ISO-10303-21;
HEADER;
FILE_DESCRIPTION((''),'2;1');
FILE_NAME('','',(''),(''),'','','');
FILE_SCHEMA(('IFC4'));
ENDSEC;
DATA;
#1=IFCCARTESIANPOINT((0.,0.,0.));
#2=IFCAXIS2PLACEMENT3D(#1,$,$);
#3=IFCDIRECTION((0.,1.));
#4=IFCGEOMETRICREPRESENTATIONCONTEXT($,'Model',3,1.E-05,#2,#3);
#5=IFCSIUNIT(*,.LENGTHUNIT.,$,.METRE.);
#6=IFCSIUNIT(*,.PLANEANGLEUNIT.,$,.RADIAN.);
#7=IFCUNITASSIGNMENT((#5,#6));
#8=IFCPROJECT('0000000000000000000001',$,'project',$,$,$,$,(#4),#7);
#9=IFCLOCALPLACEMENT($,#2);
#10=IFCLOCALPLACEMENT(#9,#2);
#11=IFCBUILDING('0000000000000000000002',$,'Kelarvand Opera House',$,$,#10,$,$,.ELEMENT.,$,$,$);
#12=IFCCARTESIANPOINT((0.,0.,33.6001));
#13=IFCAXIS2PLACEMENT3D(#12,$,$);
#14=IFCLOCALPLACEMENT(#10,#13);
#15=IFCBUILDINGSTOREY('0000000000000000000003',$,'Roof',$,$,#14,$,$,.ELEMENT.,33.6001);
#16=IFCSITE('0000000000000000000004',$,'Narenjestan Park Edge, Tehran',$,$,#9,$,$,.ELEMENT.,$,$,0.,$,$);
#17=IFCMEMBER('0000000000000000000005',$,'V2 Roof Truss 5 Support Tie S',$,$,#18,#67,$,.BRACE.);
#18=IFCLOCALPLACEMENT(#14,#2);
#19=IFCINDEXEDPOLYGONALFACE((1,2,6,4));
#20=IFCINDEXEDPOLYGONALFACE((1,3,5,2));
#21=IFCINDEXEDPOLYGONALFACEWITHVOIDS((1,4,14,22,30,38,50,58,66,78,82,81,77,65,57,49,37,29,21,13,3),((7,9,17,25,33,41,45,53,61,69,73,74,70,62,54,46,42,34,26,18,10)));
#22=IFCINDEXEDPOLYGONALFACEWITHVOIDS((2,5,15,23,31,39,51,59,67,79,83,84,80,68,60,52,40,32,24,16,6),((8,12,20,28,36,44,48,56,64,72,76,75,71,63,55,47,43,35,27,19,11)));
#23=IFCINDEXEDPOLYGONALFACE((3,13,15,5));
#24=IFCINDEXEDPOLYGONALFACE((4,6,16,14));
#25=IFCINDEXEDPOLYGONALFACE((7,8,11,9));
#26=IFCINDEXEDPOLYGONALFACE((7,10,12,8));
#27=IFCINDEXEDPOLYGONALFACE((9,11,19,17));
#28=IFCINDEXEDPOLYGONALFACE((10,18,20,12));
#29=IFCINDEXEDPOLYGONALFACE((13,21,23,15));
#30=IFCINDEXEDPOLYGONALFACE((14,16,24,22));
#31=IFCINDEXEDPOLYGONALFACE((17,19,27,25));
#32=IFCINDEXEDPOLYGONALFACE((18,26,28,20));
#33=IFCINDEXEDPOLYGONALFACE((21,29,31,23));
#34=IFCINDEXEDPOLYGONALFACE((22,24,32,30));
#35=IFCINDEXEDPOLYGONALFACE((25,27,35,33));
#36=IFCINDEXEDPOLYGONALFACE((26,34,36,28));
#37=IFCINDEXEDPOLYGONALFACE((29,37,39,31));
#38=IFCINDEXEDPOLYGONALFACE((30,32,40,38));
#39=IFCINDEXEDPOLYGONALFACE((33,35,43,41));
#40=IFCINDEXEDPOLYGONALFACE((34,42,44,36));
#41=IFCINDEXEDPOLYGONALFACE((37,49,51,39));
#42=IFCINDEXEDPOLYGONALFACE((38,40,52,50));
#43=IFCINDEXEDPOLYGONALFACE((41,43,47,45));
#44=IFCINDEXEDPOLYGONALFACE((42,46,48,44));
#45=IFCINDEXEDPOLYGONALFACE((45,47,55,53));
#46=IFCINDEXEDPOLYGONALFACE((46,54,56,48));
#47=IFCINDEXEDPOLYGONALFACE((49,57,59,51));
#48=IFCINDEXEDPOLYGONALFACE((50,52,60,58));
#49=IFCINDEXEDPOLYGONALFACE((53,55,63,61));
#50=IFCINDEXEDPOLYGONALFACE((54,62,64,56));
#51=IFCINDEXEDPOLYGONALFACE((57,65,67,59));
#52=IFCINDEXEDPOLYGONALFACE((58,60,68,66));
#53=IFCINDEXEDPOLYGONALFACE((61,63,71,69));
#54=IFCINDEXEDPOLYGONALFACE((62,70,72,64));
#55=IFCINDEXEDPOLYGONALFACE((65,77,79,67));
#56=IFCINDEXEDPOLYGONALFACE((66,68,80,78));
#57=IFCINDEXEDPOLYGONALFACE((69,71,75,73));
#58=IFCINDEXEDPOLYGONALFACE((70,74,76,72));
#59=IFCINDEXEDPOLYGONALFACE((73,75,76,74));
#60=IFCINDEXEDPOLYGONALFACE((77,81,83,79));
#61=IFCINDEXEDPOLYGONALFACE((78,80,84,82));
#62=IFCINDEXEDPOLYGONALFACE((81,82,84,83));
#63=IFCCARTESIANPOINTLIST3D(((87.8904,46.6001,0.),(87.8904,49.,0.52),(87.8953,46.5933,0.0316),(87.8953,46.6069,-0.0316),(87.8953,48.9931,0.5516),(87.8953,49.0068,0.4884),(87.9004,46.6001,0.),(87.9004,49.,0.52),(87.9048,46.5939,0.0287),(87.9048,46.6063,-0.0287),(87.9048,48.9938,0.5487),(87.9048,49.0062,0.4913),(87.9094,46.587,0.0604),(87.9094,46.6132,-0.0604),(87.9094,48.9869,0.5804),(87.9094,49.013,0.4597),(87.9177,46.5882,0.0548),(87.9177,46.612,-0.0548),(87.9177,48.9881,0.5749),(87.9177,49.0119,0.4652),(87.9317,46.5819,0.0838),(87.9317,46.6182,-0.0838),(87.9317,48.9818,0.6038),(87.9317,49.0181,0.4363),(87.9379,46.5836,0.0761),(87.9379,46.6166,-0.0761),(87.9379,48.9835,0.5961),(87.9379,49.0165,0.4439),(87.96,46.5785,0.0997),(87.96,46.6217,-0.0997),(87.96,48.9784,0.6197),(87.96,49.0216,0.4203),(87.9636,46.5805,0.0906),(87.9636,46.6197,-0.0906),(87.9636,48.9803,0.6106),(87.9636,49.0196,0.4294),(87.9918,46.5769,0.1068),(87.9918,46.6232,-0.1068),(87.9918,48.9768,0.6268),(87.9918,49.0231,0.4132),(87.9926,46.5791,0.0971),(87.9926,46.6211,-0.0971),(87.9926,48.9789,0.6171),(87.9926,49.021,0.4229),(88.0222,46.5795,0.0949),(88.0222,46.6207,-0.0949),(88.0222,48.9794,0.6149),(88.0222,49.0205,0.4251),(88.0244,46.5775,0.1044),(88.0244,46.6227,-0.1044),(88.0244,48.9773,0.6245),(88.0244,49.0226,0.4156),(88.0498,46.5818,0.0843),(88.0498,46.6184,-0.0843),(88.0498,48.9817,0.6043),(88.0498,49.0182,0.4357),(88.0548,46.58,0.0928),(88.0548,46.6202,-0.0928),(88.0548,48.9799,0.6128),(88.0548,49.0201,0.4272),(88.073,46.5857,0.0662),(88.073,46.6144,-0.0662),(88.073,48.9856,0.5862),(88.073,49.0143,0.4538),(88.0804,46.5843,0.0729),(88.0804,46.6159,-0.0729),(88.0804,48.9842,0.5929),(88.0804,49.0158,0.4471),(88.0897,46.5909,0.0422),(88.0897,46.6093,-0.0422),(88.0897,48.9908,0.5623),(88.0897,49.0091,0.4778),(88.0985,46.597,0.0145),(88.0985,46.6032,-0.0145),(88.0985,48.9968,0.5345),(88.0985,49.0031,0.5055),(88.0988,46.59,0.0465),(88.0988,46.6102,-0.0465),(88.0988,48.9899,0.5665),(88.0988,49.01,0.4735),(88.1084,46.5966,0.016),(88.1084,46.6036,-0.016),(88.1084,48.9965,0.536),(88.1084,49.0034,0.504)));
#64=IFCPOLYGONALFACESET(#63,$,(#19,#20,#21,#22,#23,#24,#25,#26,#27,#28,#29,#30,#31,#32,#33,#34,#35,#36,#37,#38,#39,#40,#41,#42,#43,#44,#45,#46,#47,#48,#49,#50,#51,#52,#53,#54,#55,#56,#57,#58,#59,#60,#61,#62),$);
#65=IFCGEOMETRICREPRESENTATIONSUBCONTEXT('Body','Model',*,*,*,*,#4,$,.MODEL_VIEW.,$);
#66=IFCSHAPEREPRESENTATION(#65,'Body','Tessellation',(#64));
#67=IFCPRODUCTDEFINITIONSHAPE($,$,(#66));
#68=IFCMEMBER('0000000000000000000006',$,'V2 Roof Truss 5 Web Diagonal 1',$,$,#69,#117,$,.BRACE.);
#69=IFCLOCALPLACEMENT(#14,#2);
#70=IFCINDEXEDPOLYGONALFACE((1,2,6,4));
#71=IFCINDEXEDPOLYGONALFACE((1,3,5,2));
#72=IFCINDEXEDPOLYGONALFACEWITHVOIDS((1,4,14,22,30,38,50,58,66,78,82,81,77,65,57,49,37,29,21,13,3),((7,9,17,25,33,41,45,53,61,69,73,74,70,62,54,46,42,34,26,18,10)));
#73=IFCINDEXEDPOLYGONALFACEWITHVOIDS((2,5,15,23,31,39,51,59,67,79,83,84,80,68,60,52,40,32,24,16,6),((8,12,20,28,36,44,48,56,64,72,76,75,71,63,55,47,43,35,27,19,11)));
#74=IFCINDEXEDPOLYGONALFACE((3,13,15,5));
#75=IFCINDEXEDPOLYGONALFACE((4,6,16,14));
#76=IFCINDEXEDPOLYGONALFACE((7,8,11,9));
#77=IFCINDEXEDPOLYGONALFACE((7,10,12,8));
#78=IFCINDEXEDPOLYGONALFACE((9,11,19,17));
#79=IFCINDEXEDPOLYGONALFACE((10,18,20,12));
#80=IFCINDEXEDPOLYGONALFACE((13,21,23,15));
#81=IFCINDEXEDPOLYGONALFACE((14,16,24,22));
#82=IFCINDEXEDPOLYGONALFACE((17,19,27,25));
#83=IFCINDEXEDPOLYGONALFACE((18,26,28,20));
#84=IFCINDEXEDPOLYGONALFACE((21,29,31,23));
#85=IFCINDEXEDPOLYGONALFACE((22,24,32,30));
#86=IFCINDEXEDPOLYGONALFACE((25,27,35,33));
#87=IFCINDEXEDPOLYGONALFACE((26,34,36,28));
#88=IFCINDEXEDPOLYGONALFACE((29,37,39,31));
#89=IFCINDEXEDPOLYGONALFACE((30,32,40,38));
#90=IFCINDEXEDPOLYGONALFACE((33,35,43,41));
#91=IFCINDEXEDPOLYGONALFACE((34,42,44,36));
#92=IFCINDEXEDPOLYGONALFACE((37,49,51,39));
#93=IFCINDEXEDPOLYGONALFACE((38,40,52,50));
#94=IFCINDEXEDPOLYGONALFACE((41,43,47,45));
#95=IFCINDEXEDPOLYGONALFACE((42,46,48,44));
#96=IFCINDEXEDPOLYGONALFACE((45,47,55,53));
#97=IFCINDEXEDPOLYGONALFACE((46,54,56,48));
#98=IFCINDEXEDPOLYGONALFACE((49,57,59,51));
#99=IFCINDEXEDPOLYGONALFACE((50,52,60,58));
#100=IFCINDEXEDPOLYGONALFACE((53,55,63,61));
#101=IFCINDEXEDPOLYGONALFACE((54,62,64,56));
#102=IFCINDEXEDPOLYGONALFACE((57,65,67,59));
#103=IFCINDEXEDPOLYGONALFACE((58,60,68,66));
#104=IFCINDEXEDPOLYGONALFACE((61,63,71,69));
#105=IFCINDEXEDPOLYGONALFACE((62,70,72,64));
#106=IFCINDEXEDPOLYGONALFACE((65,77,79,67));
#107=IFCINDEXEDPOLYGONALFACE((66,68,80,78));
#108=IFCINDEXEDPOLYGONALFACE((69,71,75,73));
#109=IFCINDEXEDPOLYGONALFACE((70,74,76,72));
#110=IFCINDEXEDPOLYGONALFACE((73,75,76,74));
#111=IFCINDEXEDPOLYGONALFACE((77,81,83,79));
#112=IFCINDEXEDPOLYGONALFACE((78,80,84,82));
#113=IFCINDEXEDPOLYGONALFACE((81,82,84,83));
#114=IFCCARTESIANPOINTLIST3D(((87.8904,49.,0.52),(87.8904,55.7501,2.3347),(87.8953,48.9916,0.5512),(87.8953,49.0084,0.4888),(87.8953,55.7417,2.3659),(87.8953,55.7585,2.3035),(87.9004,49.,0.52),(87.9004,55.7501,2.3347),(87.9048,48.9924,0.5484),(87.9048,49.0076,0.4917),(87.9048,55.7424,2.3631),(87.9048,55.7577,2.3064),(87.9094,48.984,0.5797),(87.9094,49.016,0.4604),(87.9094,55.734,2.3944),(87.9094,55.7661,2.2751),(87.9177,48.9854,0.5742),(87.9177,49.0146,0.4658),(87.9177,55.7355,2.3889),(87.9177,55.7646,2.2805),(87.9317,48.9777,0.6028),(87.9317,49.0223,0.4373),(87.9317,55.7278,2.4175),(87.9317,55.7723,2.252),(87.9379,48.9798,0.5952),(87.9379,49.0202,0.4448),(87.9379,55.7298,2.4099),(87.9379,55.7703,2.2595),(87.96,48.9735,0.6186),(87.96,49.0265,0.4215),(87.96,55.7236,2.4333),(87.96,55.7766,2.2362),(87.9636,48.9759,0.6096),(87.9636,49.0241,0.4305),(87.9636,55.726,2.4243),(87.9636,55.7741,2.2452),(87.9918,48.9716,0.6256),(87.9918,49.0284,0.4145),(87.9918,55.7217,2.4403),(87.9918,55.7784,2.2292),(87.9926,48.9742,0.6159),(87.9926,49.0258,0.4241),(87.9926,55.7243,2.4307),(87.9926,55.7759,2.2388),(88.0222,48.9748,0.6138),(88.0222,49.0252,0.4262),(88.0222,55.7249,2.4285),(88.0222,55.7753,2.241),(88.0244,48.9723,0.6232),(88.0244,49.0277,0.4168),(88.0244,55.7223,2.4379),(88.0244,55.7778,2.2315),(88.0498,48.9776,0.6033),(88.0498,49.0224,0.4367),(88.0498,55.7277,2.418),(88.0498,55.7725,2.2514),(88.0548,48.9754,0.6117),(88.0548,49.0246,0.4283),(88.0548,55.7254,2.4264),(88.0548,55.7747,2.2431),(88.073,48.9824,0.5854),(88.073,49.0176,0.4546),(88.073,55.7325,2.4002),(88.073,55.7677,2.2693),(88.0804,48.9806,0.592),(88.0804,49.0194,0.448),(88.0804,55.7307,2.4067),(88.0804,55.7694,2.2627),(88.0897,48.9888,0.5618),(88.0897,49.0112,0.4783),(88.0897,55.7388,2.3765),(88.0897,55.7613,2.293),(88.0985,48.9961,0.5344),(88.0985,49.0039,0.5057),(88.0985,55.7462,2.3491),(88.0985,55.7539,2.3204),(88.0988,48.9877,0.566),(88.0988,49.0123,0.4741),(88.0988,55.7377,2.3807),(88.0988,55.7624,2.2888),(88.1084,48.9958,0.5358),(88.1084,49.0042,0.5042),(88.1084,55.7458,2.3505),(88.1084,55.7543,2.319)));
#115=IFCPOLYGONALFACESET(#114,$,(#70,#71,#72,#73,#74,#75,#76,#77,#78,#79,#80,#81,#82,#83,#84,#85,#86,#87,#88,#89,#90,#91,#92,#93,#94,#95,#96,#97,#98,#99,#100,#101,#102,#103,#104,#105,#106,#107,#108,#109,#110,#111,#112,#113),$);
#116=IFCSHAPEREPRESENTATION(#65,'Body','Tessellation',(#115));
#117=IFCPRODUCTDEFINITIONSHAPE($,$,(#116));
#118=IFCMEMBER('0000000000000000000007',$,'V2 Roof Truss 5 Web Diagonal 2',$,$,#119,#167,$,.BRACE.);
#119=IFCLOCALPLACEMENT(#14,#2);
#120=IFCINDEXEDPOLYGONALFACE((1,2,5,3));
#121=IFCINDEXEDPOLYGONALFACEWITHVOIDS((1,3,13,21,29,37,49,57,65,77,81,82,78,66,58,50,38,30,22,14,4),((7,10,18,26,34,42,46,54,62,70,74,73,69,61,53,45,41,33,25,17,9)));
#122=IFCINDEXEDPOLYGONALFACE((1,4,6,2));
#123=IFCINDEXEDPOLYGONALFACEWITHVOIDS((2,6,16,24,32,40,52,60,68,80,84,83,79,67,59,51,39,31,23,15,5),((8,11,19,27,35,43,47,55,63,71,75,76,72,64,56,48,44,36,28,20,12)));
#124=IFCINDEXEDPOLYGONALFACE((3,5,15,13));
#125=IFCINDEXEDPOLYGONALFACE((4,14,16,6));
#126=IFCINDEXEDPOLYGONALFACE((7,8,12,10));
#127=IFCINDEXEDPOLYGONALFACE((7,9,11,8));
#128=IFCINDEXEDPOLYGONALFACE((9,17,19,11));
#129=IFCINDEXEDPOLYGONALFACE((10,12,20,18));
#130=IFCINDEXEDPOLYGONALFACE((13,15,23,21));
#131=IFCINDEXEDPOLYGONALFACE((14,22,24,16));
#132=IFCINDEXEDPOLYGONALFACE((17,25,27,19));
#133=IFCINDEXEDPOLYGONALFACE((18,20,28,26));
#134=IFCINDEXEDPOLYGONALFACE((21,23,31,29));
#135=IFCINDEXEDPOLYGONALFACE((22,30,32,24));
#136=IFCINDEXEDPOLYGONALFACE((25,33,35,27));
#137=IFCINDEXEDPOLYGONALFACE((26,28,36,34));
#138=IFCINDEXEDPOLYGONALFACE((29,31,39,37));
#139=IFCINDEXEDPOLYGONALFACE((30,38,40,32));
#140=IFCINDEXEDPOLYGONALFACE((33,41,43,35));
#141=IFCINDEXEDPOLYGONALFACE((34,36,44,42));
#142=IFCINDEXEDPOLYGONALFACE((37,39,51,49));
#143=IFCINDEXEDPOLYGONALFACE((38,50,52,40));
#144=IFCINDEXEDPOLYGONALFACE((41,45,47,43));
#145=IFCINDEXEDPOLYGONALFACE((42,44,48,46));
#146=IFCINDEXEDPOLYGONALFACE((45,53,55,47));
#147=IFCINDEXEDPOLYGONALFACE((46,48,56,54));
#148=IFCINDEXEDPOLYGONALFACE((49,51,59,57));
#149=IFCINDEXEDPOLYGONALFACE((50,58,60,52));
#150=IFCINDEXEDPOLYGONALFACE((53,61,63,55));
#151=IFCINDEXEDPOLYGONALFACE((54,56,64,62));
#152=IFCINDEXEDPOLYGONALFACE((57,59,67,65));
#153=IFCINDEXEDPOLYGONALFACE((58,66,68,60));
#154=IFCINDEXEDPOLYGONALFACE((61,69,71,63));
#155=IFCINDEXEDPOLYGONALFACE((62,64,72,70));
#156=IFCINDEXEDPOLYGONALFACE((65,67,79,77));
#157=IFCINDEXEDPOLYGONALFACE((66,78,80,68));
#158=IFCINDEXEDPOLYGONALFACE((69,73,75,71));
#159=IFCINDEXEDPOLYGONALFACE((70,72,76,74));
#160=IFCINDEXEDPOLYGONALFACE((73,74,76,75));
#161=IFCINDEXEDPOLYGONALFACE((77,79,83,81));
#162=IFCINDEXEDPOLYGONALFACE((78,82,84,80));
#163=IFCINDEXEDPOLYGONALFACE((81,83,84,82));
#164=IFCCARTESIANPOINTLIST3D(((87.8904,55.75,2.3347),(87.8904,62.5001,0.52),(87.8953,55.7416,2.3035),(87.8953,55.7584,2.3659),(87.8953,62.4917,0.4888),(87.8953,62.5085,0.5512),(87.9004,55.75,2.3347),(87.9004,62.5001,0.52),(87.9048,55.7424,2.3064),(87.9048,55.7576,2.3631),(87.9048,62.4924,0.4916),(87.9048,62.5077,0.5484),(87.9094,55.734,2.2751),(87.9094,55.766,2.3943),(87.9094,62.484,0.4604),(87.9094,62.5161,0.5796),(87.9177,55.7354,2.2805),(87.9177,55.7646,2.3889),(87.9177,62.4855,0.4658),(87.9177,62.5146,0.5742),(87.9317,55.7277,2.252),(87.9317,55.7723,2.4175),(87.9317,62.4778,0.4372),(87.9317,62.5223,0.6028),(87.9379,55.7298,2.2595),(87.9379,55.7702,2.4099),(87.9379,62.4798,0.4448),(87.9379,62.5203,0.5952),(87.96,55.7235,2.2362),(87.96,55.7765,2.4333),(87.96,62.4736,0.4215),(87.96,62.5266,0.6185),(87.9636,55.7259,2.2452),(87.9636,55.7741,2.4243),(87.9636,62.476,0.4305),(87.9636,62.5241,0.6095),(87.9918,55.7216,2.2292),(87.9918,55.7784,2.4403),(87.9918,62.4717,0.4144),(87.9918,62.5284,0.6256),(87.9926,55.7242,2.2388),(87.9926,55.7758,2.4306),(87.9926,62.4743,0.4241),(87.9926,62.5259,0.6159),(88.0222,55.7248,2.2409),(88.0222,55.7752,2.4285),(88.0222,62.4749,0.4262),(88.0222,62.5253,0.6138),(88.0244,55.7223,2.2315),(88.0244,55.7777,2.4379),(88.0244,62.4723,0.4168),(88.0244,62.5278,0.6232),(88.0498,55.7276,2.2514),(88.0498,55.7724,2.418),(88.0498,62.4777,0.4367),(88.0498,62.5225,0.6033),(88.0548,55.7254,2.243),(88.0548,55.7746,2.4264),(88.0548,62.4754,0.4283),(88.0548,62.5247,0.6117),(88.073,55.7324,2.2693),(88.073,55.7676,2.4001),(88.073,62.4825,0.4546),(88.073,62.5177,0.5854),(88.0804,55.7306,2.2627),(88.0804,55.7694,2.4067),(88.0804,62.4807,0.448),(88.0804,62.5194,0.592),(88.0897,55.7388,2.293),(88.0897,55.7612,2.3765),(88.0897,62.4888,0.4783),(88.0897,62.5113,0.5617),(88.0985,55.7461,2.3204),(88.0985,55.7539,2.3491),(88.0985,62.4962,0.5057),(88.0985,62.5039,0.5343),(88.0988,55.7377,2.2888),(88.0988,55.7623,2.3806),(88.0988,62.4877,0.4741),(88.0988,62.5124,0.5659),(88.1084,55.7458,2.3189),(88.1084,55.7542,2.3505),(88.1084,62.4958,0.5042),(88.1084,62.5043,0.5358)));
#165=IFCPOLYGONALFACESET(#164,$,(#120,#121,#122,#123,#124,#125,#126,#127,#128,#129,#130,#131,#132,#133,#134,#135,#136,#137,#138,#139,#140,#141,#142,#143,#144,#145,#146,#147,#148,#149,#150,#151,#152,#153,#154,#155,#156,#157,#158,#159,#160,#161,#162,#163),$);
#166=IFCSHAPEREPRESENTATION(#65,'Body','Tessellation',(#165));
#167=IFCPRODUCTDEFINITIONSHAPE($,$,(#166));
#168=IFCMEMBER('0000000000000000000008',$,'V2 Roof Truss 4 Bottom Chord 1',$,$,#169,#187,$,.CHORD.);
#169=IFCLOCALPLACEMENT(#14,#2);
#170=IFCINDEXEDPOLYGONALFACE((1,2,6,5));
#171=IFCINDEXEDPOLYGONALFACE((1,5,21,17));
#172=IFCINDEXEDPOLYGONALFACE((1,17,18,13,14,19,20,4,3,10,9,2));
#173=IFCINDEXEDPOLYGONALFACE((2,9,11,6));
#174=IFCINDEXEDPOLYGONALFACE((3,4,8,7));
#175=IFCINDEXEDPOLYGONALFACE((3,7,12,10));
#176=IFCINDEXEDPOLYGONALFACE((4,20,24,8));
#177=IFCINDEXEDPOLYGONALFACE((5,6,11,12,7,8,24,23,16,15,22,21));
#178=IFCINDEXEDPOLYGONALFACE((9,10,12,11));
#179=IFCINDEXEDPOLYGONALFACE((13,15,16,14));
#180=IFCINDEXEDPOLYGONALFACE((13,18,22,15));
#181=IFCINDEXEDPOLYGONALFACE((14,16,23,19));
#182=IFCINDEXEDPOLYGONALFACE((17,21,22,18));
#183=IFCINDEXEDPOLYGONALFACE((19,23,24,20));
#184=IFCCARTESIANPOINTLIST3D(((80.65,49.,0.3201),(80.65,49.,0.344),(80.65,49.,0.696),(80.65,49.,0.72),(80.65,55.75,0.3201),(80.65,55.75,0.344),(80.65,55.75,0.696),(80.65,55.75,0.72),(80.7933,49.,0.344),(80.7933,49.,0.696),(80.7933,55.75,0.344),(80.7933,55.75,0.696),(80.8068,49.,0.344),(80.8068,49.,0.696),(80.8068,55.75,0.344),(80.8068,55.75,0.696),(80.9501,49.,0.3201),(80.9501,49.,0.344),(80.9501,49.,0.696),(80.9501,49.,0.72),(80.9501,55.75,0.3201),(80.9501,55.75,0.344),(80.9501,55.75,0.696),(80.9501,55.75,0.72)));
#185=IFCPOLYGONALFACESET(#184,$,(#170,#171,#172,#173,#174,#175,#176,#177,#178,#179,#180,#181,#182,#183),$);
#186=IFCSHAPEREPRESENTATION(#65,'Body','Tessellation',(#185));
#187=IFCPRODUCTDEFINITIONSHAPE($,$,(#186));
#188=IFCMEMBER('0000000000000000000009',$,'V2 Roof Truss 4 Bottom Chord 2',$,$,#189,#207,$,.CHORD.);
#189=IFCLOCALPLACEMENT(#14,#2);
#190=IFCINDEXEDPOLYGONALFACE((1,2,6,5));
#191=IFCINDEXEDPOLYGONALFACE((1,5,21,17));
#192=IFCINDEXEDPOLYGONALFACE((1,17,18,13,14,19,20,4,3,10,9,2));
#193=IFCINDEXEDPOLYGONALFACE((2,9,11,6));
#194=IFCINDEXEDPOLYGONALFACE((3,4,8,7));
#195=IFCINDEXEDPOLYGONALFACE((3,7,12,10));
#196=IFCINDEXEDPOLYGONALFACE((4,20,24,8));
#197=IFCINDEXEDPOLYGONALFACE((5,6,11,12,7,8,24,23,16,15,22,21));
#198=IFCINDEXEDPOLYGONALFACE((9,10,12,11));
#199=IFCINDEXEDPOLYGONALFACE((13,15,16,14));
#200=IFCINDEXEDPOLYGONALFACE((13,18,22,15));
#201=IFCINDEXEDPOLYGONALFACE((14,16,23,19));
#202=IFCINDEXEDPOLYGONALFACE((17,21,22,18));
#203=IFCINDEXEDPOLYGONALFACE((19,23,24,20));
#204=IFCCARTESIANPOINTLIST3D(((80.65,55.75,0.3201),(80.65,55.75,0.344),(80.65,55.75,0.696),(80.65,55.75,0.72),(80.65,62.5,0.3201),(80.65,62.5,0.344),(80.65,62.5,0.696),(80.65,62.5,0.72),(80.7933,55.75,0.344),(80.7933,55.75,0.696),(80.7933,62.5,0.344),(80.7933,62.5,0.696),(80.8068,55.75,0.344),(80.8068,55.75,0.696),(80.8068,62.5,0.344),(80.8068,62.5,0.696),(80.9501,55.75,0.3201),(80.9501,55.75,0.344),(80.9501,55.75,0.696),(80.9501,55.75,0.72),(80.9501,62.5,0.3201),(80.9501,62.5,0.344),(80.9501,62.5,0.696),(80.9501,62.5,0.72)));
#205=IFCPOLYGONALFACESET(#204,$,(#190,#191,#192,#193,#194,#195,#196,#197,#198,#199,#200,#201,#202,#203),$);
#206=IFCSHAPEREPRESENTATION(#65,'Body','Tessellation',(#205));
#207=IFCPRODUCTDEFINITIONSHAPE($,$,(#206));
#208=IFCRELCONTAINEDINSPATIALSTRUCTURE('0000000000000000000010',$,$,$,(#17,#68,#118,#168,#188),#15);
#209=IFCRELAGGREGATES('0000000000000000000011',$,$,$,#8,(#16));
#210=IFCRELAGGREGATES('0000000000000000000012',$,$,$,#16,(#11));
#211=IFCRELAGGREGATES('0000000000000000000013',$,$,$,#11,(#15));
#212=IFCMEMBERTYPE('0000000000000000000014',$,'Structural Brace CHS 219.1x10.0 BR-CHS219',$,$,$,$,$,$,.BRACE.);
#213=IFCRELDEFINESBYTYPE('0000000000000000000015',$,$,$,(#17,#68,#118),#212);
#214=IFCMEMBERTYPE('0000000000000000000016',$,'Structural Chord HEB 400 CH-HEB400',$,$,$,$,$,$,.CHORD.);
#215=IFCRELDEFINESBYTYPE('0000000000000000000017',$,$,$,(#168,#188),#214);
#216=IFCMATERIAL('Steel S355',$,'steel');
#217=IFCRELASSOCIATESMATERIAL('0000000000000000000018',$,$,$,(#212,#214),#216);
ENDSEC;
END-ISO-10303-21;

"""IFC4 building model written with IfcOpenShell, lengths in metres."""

from ifc_helpers import new_model, si_unit, direction, frame, origin, origin_2d, place, context, subcontext, project, spatial, hollow_circle, i_section, extrude, material, material_profile, profile_set, type_object, element, save


model = new_model("IFC4")

# Units and contexts
model_context = context("Model", 3, precision=1e-05, world=origin(), true_north=direction((0.0, 1.0)))
body_context = subcontext(model_context, "Body", "Model", "MODEL_VIEW")
ifc_project = project(units=[si_unit("LENGTHUNIT", "METRE"), si_unit("PLANEANGLEUNIT", "RADIAN")], contexts=[model_context])

# Site, building, storey
site_placement = place(None, origin())
site = spatial("IfcSite", under=ifc_project, at=site_placement, Name="Narenjestan Park Edge, Tehran", CompositionType="ELEMENT", RefElevation=0.0)
building_placement = place(site_placement, origin())
building = spatial("IfcBuilding", under=site, at=building_placement, Name="Kelarvand Opera House", CompositionType="ELEMENT")
storey_placement = place(building_placement, frame((0.0, 0.0, 33.6001)))
storey = spatial("IfcBuildingStorey", under=building, at=storey_placement, Name="Roof", CompositionType="ELEMENT", Elevation=33.6001)

# Members
ifc_material = material(Name="Steel S355", Category="steel")
ifc_material_profile_1 = material_profile(ifc_material, hollow_circle(Radius=0.1096, WallThickness=0.01, at=origin_2d()), Name="CHS 219.1x10.0", Category="steel")
ifc_profile_set_1 = profile_set([ifc_material_profile_1], Name="Steel S355")
member_type_1 = type_object("IfcMemberType", Name="Structural Brace CHS 219.1x10.0 BR-CHS219", PredefinedType="BRACE", material=ifc_profile_set_1)
member_1_placement = place(storey_placement, frame((88.0, 46.6001, 0.0), z_axis=(0.0, 0.97732, 0.211769), x_axis=(-1.0, 0.0, 0.0)))
element("IfcMember", 1, at=member_1_placement, inside=storey, type_object=member_type_1, Name="V2 Roof Truss 5 Support Tie S", PredefinedType="BRACE", context=body_context, shape_type="SweptSolid", body=[
    extrude(hollow_circle(Radius=0.1096, WallThickness=0.01, at=origin_2d()), origin(), (0.0, 0.0, 1.0), 2.4556),
])
for number, where, z_axis, x_axis, name in (
    (2, (88.0, 49.0, 0.52), (0.0, 0.965709, 0.259625), (-1.0, 0.0, 0.0), "V2 Roof Truss 5 Web Diagonal 1"),
    (3, (88.0, 55.75, 2.3347), (0.0, 0.965709, -0.259625), (-1.0, 0.0, 0.0), "V2 Roof Truss 5 Web Diagonal 2"),
):
    element("IfcMember", number, at=place(storey_placement, frame(where, z_axis=z_axis, x_axis=x_axis)), inside=storey, type_object=member_type_1, Name=name, PredefinedType="BRACE", context=body_context, shape_type="SweptSolid", body=[
        extrude(hollow_circle(Radius=0.1096, WallThickness=0.01, at=origin_2d()), origin(), (0.0, 0.0, 1.0), 6.9897),
    ])
ifc_material_profile_2 = material_profile(ifc_material, i_section(OverallWidth=0.3, OverallDepth=0.3999, WebThickness=0.0134, FlangeThickness=0.0239, at=origin_2d()), Name="HEB 400", Category="steel")
ifc_profile_set_2 = profile_set([ifc_material_profile_2], Name="Steel S355")
member_type_2 = type_object("IfcMemberType", Name="Structural Chord HEB 400 CH-HEB400", PredefinedType="CHORD", material=ifc_profile_set_2)
for number, where, z_axis, x_axis, name in (
    (4, (80.8, 49.0, 0.52), (0.0, 1.0, 0.0), (-1.0, 0.0, 0.0), "V2 Roof Truss 4 Bottom Chord 1"),
    (5, (80.8, 55.75, 0.52), (0.0, 1.0, 0.0), (-1.0, 0.0, 0.0), "V2 Roof Truss 4 Bottom Chord 2"),
):
    element("IfcMember", number, at=place(storey_placement, frame(where, z_axis=z_axis, x_axis=x_axis)), inside=storey, type_object=member_type_2, Name=name, PredefinedType="CHORD", context=body_context, shape_type="SweptSolid", body=[
        extrude(i_section(OverallWidth=0.3, OverallDepth=0.3999, WebThickness=0.0134, FlangeThickness=0.0239, at=origin_2d()), origin(), (0.0, 0.0, 1.0), 6.75),
    ])

save(model, "model.ifc")
